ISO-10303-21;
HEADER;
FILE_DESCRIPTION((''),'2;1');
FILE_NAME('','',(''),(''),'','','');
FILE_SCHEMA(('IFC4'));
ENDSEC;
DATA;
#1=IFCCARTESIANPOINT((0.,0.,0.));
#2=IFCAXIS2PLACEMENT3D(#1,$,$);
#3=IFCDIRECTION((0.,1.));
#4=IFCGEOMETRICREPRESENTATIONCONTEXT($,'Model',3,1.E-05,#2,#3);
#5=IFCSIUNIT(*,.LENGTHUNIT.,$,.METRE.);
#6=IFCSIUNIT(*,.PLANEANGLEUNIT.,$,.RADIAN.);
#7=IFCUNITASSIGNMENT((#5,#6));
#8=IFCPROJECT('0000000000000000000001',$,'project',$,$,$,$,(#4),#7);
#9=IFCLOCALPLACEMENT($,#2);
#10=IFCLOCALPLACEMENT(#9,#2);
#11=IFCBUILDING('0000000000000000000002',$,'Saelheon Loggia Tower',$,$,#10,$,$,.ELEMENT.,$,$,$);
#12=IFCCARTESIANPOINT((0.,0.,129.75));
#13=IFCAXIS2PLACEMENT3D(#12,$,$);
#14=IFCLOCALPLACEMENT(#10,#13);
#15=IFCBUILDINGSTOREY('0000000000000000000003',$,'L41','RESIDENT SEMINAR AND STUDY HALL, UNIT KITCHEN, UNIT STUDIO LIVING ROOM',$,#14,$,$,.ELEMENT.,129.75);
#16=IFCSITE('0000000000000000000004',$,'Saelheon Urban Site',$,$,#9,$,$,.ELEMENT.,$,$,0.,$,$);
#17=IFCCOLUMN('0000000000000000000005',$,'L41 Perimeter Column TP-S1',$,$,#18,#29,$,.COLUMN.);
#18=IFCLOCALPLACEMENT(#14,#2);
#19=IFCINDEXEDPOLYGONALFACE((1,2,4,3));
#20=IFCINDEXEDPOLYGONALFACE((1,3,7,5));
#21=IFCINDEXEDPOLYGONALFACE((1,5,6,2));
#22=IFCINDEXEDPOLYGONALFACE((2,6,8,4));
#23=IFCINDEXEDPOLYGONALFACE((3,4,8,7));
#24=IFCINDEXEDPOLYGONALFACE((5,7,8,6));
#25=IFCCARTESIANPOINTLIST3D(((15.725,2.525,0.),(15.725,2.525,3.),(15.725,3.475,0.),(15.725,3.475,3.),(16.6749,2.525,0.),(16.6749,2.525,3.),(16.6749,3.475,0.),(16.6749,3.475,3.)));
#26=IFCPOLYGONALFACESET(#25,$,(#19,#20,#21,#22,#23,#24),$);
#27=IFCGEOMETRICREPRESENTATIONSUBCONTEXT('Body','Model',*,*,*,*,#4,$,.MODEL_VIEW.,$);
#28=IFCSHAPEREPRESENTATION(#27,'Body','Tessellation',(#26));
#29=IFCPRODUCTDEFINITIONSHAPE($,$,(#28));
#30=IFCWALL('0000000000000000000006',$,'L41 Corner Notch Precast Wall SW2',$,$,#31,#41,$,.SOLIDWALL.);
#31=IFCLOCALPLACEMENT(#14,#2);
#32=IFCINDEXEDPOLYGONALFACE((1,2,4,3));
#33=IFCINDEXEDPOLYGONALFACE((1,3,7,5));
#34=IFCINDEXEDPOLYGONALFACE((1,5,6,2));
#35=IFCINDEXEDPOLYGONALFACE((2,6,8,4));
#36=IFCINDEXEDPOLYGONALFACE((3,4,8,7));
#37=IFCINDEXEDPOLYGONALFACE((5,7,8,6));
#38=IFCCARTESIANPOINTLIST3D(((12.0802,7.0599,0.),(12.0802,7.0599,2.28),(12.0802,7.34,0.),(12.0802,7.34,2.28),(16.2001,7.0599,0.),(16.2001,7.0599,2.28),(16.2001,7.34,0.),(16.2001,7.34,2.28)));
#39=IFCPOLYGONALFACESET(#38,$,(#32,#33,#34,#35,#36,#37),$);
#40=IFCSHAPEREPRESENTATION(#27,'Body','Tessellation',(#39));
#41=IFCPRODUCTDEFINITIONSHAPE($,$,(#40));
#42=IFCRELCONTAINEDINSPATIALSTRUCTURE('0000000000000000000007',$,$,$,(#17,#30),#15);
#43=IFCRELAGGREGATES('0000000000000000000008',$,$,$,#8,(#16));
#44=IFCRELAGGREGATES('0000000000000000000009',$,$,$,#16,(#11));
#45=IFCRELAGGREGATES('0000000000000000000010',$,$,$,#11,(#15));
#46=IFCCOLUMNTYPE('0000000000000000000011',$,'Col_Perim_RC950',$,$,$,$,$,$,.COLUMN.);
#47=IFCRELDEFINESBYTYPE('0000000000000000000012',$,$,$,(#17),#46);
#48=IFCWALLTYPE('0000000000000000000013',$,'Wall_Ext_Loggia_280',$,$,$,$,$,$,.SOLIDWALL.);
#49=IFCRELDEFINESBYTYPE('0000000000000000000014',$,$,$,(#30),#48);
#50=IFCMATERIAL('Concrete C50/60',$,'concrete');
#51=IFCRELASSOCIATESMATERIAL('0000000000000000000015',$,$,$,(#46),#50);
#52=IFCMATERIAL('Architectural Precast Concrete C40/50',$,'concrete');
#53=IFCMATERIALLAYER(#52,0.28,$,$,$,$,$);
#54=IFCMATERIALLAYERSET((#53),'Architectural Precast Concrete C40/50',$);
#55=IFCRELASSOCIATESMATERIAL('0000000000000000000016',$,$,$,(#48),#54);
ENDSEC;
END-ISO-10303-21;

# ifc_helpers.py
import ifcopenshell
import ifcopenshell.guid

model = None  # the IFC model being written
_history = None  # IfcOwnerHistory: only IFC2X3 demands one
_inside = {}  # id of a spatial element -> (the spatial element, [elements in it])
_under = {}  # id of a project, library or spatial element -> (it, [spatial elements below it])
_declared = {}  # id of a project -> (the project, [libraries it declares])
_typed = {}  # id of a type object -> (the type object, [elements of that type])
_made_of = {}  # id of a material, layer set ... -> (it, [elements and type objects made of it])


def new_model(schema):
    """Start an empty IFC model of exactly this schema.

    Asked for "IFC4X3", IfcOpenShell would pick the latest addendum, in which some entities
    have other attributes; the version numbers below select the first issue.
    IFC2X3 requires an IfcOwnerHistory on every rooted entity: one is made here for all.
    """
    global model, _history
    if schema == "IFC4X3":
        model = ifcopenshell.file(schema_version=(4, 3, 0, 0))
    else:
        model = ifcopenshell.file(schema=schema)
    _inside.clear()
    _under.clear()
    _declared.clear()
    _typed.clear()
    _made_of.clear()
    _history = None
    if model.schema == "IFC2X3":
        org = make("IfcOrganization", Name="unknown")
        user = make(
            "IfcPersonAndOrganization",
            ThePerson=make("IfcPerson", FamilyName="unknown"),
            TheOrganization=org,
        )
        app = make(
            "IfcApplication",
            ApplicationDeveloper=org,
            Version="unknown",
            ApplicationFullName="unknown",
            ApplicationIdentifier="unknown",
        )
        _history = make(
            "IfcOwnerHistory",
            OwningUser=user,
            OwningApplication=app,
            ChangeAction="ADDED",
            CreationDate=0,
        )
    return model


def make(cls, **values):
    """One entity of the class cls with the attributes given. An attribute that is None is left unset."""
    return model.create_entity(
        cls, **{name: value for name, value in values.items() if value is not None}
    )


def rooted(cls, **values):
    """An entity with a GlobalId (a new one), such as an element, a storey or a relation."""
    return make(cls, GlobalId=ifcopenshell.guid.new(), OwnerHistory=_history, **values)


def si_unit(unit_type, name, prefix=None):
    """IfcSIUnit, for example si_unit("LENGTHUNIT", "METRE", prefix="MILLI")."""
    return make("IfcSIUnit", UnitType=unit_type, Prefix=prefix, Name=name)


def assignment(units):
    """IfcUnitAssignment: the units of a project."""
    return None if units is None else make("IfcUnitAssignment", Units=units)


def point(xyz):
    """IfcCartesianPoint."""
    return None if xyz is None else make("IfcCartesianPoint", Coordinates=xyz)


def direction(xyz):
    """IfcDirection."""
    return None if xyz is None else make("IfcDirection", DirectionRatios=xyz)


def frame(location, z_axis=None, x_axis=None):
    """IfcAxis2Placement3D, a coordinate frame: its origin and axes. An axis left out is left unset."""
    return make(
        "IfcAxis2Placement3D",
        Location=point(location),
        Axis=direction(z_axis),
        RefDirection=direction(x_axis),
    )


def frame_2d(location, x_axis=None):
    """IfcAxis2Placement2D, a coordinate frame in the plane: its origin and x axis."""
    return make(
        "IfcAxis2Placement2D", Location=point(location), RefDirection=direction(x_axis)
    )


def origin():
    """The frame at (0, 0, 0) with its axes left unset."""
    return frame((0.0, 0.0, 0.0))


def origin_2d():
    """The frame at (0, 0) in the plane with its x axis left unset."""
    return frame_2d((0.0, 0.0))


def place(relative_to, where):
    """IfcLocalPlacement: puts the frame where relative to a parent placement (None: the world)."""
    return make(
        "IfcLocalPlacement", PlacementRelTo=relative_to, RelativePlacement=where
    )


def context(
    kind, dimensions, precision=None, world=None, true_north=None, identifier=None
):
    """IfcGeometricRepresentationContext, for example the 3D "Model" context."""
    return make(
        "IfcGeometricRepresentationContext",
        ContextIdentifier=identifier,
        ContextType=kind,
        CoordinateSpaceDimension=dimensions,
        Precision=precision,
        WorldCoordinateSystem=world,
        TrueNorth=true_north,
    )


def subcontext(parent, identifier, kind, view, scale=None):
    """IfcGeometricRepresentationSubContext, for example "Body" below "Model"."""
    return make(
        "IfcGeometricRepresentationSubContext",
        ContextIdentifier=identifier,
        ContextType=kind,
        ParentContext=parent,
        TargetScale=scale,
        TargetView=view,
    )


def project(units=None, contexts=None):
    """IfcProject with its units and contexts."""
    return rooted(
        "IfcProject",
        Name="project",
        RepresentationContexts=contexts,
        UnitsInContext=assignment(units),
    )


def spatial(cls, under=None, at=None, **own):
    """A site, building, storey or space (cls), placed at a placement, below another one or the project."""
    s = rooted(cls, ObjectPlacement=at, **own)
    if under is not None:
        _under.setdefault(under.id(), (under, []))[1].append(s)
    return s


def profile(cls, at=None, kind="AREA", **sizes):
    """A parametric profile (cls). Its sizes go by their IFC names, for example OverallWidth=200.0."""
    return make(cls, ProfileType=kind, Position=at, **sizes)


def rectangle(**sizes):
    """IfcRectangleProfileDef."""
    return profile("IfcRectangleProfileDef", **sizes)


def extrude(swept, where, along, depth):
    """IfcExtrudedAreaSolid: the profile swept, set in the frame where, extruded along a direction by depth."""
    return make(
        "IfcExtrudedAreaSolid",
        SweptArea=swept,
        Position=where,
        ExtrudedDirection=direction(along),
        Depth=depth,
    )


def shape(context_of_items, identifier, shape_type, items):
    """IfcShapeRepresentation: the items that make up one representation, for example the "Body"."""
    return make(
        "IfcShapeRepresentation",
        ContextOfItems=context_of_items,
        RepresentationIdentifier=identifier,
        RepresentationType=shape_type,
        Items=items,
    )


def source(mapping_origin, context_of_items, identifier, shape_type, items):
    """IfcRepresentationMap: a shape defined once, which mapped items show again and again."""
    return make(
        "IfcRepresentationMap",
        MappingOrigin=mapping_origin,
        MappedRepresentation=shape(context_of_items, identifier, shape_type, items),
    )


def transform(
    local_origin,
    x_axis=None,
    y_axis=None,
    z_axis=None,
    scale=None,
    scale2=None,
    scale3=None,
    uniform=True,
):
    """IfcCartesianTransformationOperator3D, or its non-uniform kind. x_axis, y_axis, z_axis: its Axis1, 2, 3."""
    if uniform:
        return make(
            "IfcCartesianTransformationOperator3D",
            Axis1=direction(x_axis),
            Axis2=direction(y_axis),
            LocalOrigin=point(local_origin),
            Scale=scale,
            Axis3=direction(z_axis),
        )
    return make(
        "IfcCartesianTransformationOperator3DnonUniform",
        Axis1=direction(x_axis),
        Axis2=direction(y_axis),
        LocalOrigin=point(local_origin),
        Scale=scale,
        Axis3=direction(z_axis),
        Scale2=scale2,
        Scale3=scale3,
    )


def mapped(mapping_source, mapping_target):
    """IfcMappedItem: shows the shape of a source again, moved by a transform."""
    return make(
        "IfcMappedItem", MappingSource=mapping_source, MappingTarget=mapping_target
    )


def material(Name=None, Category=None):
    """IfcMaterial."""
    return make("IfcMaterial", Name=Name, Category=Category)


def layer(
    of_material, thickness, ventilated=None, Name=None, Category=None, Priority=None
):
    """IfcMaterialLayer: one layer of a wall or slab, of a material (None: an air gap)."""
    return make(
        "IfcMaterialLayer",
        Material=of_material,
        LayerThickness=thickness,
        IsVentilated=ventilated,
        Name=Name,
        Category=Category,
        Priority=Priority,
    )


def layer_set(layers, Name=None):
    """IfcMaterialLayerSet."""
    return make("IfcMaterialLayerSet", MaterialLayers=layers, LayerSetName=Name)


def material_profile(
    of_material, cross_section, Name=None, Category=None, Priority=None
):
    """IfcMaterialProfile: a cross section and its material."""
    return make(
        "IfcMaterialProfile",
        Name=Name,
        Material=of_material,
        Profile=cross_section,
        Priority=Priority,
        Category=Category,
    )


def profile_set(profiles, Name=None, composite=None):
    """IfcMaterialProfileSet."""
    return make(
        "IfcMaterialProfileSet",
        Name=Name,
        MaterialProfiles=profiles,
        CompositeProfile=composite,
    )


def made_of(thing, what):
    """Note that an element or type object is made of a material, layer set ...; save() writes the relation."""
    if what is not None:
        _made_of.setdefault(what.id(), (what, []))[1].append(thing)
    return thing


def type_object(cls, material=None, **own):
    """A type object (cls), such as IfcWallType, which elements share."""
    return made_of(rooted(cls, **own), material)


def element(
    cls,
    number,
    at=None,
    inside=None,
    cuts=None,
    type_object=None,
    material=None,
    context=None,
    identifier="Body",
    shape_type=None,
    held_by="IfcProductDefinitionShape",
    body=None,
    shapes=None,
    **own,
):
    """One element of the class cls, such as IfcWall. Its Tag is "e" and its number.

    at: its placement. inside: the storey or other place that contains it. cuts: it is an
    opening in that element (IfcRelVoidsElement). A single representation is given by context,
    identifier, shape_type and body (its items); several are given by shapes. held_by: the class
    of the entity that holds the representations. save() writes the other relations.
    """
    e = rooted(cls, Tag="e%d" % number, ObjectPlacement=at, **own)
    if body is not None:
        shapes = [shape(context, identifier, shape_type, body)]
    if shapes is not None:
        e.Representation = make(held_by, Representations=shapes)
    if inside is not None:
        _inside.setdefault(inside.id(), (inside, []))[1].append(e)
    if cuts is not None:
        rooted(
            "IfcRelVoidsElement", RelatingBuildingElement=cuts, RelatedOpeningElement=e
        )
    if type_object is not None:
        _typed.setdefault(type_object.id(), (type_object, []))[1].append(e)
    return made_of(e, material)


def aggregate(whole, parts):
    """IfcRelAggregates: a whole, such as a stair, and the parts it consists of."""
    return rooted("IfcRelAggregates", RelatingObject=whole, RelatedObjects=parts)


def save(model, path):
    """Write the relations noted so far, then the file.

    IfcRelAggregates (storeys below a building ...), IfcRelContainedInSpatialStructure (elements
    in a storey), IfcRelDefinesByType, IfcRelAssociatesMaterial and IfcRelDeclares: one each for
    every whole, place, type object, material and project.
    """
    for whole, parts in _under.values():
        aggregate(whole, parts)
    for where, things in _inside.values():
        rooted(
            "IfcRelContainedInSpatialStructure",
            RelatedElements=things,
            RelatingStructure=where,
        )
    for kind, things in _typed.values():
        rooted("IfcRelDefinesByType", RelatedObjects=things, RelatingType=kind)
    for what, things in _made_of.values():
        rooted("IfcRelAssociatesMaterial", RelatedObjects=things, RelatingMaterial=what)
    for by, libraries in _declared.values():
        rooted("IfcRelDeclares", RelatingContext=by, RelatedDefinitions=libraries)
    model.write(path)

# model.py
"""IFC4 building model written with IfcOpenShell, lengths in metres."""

from ifc_helpers import new_model, si_unit, direction, frame, frame_2d, origin, origin_2d, place, context, subcontext, project, spatial, rectangle, extrude, source, transform, mapped, material, layer, layer_set, material_profile, profile_set, type_object, element, save


model = new_model("IFC4")

# Units and contexts
model_context = context("Model", 3, precision=1e-05, world=origin(), true_north=direction((0.0, 1.0)))
body_context = subcontext(model_context, "Body", "Model", "MODEL_VIEW")
ifc_project = project(units=[si_unit("LENGTHUNIT", "METRE"), si_unit("PLANEANGLEUNIT", "RADIAN")], contexts=[model_context])

# Site, building, storey
site_placement = place(None, origin())
site = spatial("IfcSite", under=ifc_project, at=site_placement, Name="Saelheon Urban Site", CompositionType="ELEMENT", RefElevation=0.0)
building_placement = place(site_placement, origin())
building = spatial("IfcBuilding", under=site, at=building_placement, Name="Saelheon Loggia Tower", CompositionType="ELEMENT")
storey_placement = place(building_placement, frame((0.0, 0.0, 129.75)))
storey = spatial("IfcBuildingStorey", under=building, at=storey_placement, Name="L41", Description="RESIDENT SEMINAR AND STUDY HALL, UNIT KITCHEN, UNIT STUDIO LIVING ROOM", CompositionType="ELEMENT", Elevation=129.75)

# Column
ifc_material_1 = material(Name="Concrete C50/60", Category="concrete")
ifc_material_profile = material_profile(ifc_material_1, rectangle(XDim=0.95, YDim=0.95, at=origin_2d()), Name="RC-950x950")
ifc_profile_set = profile_set([ifc_material_profile], Name="Concrete C50/60")
column_type = type_object("IfcColumnType", Name="Col_Perim_RC950", PredefinedType="COLUMN", material=ifc_profile_set)
shared_shape_1 = source(origin(), body_context, "Body", "SweptSolid", [
    extrude(rectangle(XDim=0.95, YDim=0.95, at=origin_2d()), origin(), (0.0, 0.0, 1.0), 3.0),
])
column_placement = place(storey_placement, frame((16.2, 3.0, 0.0), z_axis=(0.0, 0.0, 1.0), x_axis=(1.0, 0.0, 0.0)))
element("IfcColumn", 1, at=column_placement, inside=storey, type_object=column_type, Name="L41 Perimeter Column TP-S1", PredefinedType="COLUMN", context=body_context, shape_type="MappedRepresentation", body=[
    mapped(shared_shape_1, transform((0.0, 0.0, 0.0), scale=1.0)),
])

# Shared definitions
ifc_material_2 = material(Name="Architectural Precast Concrete C40/50", Category="concrete")
ifc_layer = layer(ifc_material_2, 0.28)
ifc_layer_set = layer_set([ifc_layer], Name="Architectural Precast Concrete C40/50")
wall_type = type_object("IfcWallType", Name="Wall_Ext_Loggia_280", PredefinedType="SOLIDWALL", material=ifc_layer_set)

# Wall
wall_1_placement = place(storey_placement, frame((12.0801, 7.2, 0.0), z_axis=(0.0, 0.0, 1.0), x_axis=(1.0, 0.0, 0.0)))
element("IfcWall", 2, at=wall_1_placement, inside=storey, type_object=wall_type, Name="L41 Corner Notch Precast Wall SW2", PredefinedType="SOLIDWALL", context=body_context, shape_type="SweptSolid", body=[
    extrude(rectangle(XDim=4.1199, YDim=0.28, at=frame_2d((2.0601, 0.0))), origin(), (0.0, 0.0, 1.0), 2.28),
])

save(model, "model.ifc")
